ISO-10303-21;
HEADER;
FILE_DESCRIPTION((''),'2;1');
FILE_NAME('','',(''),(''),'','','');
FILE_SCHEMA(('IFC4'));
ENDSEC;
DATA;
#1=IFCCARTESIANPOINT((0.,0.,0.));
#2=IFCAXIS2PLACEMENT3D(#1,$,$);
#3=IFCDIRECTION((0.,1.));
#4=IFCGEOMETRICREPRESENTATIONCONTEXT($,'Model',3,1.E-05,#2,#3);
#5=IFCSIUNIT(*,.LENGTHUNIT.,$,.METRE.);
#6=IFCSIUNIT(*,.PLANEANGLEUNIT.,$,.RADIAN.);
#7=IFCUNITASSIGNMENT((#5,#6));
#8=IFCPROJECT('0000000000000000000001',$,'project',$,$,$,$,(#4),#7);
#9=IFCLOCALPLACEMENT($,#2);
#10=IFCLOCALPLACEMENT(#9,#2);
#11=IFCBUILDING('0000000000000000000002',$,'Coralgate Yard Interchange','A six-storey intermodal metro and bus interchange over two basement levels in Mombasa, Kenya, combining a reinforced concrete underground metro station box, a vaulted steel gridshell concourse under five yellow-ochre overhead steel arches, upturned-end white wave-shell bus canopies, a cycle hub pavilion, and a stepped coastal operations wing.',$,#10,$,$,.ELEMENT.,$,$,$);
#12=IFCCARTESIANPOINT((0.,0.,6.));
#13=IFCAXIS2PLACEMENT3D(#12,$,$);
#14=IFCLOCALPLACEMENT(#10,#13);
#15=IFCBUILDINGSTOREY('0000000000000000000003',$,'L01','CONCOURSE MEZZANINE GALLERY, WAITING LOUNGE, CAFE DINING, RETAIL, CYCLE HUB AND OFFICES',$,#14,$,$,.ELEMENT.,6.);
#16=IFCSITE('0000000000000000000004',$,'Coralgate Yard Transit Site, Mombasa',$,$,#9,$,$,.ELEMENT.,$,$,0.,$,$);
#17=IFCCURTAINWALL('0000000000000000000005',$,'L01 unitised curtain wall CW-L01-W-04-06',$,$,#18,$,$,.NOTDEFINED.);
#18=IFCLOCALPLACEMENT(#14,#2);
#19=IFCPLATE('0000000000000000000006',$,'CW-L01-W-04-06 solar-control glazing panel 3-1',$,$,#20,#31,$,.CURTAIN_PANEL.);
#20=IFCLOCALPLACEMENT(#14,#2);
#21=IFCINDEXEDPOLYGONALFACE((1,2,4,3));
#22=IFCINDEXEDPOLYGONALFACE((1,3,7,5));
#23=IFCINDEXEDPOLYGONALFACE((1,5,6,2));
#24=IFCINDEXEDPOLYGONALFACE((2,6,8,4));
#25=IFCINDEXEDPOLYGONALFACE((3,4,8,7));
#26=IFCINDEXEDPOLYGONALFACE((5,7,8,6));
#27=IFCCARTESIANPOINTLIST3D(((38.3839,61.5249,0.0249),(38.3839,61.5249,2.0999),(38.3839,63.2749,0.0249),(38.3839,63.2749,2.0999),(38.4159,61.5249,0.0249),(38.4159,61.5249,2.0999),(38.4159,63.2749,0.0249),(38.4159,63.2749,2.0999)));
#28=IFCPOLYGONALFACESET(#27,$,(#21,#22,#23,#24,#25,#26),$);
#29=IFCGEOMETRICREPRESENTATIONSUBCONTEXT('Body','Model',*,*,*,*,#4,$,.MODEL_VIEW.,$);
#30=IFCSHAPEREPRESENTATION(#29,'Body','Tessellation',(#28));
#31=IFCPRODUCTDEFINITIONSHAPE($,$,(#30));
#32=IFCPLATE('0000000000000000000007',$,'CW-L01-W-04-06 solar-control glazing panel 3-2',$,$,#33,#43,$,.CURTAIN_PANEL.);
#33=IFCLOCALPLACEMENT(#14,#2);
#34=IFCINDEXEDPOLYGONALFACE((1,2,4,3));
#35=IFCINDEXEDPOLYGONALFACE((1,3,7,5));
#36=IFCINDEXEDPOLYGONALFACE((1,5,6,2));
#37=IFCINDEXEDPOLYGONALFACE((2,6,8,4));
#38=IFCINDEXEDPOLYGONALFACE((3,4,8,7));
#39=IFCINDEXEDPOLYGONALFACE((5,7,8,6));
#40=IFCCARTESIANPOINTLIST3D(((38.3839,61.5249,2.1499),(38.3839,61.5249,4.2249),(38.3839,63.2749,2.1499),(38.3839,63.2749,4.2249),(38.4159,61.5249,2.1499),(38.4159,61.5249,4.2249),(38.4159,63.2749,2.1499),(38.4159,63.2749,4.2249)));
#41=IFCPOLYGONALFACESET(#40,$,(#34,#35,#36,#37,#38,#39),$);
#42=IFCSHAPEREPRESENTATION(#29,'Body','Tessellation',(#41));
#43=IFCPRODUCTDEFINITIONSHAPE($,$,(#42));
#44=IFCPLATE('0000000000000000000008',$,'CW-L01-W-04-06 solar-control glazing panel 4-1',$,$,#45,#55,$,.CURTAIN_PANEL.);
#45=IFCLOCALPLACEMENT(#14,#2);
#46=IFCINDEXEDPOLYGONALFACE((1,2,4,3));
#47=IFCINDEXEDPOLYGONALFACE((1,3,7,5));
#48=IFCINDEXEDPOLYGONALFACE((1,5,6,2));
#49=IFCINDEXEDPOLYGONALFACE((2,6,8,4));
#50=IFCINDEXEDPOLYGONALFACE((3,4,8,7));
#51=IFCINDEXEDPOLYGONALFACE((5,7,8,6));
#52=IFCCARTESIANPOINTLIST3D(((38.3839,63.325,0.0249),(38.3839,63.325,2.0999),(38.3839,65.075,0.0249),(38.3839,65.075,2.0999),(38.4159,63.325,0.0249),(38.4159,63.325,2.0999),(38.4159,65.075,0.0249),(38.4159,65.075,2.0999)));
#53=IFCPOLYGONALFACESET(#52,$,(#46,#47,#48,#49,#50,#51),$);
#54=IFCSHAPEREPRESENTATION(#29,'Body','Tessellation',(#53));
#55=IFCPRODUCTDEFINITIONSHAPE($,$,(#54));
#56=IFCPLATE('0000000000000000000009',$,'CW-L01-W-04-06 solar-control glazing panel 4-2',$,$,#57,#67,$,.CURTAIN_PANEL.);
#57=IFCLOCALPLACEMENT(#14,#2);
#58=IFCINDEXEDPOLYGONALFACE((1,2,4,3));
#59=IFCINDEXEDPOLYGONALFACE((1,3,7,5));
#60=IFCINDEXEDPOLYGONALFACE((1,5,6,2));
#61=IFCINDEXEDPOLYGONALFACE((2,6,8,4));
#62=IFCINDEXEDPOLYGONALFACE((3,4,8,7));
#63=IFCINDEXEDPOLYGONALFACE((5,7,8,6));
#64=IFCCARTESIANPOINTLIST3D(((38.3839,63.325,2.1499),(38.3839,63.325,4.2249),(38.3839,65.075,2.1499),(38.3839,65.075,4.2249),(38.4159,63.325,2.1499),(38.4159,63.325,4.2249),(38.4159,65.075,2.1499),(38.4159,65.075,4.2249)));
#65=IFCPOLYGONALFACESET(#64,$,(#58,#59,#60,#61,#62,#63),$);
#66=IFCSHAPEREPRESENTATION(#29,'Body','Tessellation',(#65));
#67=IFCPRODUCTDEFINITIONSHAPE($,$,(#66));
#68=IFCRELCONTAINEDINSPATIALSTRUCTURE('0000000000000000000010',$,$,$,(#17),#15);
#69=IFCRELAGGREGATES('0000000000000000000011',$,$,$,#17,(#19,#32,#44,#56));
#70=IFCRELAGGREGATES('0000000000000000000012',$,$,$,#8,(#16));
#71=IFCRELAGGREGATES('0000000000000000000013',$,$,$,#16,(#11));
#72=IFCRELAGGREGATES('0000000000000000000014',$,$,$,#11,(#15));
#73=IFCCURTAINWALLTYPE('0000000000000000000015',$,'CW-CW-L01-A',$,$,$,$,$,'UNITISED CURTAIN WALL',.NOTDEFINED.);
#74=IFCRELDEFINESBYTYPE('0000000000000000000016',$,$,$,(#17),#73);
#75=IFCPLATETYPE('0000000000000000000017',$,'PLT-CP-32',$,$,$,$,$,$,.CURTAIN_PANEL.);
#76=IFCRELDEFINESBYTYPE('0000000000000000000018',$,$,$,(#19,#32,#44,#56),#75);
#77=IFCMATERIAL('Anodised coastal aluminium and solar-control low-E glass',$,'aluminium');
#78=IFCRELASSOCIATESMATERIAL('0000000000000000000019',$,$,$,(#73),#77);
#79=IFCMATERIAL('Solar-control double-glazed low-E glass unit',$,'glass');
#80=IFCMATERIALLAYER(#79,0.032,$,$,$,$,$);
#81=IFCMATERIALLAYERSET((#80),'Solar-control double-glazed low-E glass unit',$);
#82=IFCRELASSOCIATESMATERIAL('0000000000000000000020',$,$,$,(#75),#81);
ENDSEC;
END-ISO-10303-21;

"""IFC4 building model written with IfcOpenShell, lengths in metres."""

from ifc_helpers import new_model, si_unit, direction, frame, origin, origin_2d, place, context, subcontext, project, spatial, rectangle, extrude, material, layer, layer_set, type_object, element, aggregate, save


model = new_model("IFC4")

# Units and contexts
model_context = context("Model", 3, precision=1e-05, world=origin(), true_north=direction((0.0, 1.0)))
body_context = subcontext(model_context, "Body", "Model", "MODEL_VIEW")
ifc_project = project(units=[si_unit("LENGTHUNIT", "METRE"), si_unit("PLANEANGLEUNIT", "RADIAN")], contexts=[model_context])

# Site, building, storey
site_placement = place(None, origin())
site = spatial("IfcSite", under=ifc_project, at=site_placement, Name="Coralgate Yard Transit Site, Mombasa", CompositionType="ELEMENT", RefElevation=0.0)
building_placement = place(site_placement, origin())
building = spatial("IfcBuilding", under=site, at=building_placement, Name="Coralgate Yard Interchange", Description="A six-storey intermodal metro and bus interchange over two basement levels in Mombasa, Kenya, combining a reinforced concrete underground metro station box, a vaulted steel gridshell concourse under five yellow-ochre overhead steel arches, upturned-end white wave-shell bus canopies, a cycle hub pavilion, and a stepped coastal operations wing.", CompositionType="ELEMENT")
storey_placement = place(building_placement, frame((0.0, 0.0, 6.0)))
storey = spatial("IfcBuildingStorey", under=building, at=storey_placement, Name="L01", Description="CONCOURSE MEZZANINE GALLERY, WAITING LOUNGE, CAFE DINING, RETAIL, CYCLE HUB AND OFFICES", CompositionType="ELEMENT", Elevation=6.0)

# Curtain wall, plates
ifc_material_1 = material(Name="Anodised coastal aluminium and solar-control low-E glass", Category="aluminium")
curtain_wall_type = type_object("IfcCurtainWallType", Name="CW-CW-L01-A", ElementType="UNITISED CURTAIN WALL", PredefinedType="NOTDEFINED", material=ifc_material_1)
curtain_wall_placement = place(storey_placement, origin())
curtain_wall = element("IfcCurtainWall", 1, at=curtain_wall_placement, inside=storey, type_object=curtain_wall_type, Name="L01 unitised curtain wall CW-L01-W-04-06", PredefinedType="NOTDEFINED")
ifc_material_2 = material(Name="Solar-control double-glazed low-E glass unit", Category="glass")
ifc_layer = layer(ifc_material_2, 0.032)
ifc_layer_set = layer_set([ifc_layer], Name="Solar-control double-glazed low-E glass unit")
plate_type = type_object("IfcPlateType", Name="PLT-CP-32", PredefinedType="CURTAIN_PANEL", material=ifc_layer_set)
plate_1_placement = place(storey_placement, frame((38.3999, 62.3999, 0.0249), z_axis=(0.0, 0.0, 1.0), x_axis=(0.0, 1.0, 0.0)))
plate_1 = element("IfcPlate", 2, at=plate_1_placement, type_object=plate_type, Name="CW-L01-W-04-06 solar-control glazing panel 3-1", PredefinedType="CURTAIN_PANEL", context=body_context, shape_type="SweptSolid", body=[
    extrude(rectangle(XDim=1.75, YDim=0.032, at=origin_2d()), origin(), (0.0, 0.0, 1.0), 2.075),
])
plate_2_placement = place(storey_placement, frame((38.3999, 62.3999, 2.1499), z_axis=(0.0, 0.0, 1.0), x_axis=(0.0, 1.0, 0.0)))
plate_2 = element("IfcPlate", 3, at=plate_2_placement, type_object=plate_type, Name="CW-L01-W-04-06 solar-control glazing panel 3-2", PredefinedType="CURTAIN_PANEL", context=body_context, shape_type="SweptSolid", body=[
    extrude(rectangle(XDim=1.75, YDim=0.032, at=origin_2d()), origin(), (0.0, 0.0, 1.0), 2.075),
])
plate_3_placement = place(storey_placement, frame((38.3999, 64.2, 0.0249), z_axis=(0.0, 0.0, 1.0), x_axis=(0.0, 1.0, 0.0)))
plate_3 = element("IfcPlate", 4, at=plate_3_placement, type_object=plate_type, Name="CW-L01-W-04-06 solar-control glazing panel 4-1", PredefinedType="CURTAIN_PANEL", context=body_context, shape_type="SweptSolid", body=[
    extrude(rectangle(XDim=1.75, YDim=0.032, at=origin_2d()), origin(), (0.0, 0.0, 1.0), 2.075),
])
plate_4_placement = place(storey_placement, frame((38.3999, 64.2, 2.1499), z_axis=(0.0, 0.0, 1.0), x_axis=(0.0, 1.0, 0.0)))
plate_4 = element("IfcPlate", 5, at=plate_4_placement, type_object=plate_type, Name="CW-L01-W-04-06 solar-control glazing panel 4-2", PredefinedType="CURTAIN_PANEL", context=body_context, shape_type="SweptSolid", body=[
    extrude(rectangle(XDim=1.75, YDim=0.032, at=origin_2d()), origin(), (0.0, 0.0, 1.0), 2.075),
])
aggregate(curtain_wall, [plate_1, plate_2, plate_3, plate_4])

save(model, "model.ifc")
